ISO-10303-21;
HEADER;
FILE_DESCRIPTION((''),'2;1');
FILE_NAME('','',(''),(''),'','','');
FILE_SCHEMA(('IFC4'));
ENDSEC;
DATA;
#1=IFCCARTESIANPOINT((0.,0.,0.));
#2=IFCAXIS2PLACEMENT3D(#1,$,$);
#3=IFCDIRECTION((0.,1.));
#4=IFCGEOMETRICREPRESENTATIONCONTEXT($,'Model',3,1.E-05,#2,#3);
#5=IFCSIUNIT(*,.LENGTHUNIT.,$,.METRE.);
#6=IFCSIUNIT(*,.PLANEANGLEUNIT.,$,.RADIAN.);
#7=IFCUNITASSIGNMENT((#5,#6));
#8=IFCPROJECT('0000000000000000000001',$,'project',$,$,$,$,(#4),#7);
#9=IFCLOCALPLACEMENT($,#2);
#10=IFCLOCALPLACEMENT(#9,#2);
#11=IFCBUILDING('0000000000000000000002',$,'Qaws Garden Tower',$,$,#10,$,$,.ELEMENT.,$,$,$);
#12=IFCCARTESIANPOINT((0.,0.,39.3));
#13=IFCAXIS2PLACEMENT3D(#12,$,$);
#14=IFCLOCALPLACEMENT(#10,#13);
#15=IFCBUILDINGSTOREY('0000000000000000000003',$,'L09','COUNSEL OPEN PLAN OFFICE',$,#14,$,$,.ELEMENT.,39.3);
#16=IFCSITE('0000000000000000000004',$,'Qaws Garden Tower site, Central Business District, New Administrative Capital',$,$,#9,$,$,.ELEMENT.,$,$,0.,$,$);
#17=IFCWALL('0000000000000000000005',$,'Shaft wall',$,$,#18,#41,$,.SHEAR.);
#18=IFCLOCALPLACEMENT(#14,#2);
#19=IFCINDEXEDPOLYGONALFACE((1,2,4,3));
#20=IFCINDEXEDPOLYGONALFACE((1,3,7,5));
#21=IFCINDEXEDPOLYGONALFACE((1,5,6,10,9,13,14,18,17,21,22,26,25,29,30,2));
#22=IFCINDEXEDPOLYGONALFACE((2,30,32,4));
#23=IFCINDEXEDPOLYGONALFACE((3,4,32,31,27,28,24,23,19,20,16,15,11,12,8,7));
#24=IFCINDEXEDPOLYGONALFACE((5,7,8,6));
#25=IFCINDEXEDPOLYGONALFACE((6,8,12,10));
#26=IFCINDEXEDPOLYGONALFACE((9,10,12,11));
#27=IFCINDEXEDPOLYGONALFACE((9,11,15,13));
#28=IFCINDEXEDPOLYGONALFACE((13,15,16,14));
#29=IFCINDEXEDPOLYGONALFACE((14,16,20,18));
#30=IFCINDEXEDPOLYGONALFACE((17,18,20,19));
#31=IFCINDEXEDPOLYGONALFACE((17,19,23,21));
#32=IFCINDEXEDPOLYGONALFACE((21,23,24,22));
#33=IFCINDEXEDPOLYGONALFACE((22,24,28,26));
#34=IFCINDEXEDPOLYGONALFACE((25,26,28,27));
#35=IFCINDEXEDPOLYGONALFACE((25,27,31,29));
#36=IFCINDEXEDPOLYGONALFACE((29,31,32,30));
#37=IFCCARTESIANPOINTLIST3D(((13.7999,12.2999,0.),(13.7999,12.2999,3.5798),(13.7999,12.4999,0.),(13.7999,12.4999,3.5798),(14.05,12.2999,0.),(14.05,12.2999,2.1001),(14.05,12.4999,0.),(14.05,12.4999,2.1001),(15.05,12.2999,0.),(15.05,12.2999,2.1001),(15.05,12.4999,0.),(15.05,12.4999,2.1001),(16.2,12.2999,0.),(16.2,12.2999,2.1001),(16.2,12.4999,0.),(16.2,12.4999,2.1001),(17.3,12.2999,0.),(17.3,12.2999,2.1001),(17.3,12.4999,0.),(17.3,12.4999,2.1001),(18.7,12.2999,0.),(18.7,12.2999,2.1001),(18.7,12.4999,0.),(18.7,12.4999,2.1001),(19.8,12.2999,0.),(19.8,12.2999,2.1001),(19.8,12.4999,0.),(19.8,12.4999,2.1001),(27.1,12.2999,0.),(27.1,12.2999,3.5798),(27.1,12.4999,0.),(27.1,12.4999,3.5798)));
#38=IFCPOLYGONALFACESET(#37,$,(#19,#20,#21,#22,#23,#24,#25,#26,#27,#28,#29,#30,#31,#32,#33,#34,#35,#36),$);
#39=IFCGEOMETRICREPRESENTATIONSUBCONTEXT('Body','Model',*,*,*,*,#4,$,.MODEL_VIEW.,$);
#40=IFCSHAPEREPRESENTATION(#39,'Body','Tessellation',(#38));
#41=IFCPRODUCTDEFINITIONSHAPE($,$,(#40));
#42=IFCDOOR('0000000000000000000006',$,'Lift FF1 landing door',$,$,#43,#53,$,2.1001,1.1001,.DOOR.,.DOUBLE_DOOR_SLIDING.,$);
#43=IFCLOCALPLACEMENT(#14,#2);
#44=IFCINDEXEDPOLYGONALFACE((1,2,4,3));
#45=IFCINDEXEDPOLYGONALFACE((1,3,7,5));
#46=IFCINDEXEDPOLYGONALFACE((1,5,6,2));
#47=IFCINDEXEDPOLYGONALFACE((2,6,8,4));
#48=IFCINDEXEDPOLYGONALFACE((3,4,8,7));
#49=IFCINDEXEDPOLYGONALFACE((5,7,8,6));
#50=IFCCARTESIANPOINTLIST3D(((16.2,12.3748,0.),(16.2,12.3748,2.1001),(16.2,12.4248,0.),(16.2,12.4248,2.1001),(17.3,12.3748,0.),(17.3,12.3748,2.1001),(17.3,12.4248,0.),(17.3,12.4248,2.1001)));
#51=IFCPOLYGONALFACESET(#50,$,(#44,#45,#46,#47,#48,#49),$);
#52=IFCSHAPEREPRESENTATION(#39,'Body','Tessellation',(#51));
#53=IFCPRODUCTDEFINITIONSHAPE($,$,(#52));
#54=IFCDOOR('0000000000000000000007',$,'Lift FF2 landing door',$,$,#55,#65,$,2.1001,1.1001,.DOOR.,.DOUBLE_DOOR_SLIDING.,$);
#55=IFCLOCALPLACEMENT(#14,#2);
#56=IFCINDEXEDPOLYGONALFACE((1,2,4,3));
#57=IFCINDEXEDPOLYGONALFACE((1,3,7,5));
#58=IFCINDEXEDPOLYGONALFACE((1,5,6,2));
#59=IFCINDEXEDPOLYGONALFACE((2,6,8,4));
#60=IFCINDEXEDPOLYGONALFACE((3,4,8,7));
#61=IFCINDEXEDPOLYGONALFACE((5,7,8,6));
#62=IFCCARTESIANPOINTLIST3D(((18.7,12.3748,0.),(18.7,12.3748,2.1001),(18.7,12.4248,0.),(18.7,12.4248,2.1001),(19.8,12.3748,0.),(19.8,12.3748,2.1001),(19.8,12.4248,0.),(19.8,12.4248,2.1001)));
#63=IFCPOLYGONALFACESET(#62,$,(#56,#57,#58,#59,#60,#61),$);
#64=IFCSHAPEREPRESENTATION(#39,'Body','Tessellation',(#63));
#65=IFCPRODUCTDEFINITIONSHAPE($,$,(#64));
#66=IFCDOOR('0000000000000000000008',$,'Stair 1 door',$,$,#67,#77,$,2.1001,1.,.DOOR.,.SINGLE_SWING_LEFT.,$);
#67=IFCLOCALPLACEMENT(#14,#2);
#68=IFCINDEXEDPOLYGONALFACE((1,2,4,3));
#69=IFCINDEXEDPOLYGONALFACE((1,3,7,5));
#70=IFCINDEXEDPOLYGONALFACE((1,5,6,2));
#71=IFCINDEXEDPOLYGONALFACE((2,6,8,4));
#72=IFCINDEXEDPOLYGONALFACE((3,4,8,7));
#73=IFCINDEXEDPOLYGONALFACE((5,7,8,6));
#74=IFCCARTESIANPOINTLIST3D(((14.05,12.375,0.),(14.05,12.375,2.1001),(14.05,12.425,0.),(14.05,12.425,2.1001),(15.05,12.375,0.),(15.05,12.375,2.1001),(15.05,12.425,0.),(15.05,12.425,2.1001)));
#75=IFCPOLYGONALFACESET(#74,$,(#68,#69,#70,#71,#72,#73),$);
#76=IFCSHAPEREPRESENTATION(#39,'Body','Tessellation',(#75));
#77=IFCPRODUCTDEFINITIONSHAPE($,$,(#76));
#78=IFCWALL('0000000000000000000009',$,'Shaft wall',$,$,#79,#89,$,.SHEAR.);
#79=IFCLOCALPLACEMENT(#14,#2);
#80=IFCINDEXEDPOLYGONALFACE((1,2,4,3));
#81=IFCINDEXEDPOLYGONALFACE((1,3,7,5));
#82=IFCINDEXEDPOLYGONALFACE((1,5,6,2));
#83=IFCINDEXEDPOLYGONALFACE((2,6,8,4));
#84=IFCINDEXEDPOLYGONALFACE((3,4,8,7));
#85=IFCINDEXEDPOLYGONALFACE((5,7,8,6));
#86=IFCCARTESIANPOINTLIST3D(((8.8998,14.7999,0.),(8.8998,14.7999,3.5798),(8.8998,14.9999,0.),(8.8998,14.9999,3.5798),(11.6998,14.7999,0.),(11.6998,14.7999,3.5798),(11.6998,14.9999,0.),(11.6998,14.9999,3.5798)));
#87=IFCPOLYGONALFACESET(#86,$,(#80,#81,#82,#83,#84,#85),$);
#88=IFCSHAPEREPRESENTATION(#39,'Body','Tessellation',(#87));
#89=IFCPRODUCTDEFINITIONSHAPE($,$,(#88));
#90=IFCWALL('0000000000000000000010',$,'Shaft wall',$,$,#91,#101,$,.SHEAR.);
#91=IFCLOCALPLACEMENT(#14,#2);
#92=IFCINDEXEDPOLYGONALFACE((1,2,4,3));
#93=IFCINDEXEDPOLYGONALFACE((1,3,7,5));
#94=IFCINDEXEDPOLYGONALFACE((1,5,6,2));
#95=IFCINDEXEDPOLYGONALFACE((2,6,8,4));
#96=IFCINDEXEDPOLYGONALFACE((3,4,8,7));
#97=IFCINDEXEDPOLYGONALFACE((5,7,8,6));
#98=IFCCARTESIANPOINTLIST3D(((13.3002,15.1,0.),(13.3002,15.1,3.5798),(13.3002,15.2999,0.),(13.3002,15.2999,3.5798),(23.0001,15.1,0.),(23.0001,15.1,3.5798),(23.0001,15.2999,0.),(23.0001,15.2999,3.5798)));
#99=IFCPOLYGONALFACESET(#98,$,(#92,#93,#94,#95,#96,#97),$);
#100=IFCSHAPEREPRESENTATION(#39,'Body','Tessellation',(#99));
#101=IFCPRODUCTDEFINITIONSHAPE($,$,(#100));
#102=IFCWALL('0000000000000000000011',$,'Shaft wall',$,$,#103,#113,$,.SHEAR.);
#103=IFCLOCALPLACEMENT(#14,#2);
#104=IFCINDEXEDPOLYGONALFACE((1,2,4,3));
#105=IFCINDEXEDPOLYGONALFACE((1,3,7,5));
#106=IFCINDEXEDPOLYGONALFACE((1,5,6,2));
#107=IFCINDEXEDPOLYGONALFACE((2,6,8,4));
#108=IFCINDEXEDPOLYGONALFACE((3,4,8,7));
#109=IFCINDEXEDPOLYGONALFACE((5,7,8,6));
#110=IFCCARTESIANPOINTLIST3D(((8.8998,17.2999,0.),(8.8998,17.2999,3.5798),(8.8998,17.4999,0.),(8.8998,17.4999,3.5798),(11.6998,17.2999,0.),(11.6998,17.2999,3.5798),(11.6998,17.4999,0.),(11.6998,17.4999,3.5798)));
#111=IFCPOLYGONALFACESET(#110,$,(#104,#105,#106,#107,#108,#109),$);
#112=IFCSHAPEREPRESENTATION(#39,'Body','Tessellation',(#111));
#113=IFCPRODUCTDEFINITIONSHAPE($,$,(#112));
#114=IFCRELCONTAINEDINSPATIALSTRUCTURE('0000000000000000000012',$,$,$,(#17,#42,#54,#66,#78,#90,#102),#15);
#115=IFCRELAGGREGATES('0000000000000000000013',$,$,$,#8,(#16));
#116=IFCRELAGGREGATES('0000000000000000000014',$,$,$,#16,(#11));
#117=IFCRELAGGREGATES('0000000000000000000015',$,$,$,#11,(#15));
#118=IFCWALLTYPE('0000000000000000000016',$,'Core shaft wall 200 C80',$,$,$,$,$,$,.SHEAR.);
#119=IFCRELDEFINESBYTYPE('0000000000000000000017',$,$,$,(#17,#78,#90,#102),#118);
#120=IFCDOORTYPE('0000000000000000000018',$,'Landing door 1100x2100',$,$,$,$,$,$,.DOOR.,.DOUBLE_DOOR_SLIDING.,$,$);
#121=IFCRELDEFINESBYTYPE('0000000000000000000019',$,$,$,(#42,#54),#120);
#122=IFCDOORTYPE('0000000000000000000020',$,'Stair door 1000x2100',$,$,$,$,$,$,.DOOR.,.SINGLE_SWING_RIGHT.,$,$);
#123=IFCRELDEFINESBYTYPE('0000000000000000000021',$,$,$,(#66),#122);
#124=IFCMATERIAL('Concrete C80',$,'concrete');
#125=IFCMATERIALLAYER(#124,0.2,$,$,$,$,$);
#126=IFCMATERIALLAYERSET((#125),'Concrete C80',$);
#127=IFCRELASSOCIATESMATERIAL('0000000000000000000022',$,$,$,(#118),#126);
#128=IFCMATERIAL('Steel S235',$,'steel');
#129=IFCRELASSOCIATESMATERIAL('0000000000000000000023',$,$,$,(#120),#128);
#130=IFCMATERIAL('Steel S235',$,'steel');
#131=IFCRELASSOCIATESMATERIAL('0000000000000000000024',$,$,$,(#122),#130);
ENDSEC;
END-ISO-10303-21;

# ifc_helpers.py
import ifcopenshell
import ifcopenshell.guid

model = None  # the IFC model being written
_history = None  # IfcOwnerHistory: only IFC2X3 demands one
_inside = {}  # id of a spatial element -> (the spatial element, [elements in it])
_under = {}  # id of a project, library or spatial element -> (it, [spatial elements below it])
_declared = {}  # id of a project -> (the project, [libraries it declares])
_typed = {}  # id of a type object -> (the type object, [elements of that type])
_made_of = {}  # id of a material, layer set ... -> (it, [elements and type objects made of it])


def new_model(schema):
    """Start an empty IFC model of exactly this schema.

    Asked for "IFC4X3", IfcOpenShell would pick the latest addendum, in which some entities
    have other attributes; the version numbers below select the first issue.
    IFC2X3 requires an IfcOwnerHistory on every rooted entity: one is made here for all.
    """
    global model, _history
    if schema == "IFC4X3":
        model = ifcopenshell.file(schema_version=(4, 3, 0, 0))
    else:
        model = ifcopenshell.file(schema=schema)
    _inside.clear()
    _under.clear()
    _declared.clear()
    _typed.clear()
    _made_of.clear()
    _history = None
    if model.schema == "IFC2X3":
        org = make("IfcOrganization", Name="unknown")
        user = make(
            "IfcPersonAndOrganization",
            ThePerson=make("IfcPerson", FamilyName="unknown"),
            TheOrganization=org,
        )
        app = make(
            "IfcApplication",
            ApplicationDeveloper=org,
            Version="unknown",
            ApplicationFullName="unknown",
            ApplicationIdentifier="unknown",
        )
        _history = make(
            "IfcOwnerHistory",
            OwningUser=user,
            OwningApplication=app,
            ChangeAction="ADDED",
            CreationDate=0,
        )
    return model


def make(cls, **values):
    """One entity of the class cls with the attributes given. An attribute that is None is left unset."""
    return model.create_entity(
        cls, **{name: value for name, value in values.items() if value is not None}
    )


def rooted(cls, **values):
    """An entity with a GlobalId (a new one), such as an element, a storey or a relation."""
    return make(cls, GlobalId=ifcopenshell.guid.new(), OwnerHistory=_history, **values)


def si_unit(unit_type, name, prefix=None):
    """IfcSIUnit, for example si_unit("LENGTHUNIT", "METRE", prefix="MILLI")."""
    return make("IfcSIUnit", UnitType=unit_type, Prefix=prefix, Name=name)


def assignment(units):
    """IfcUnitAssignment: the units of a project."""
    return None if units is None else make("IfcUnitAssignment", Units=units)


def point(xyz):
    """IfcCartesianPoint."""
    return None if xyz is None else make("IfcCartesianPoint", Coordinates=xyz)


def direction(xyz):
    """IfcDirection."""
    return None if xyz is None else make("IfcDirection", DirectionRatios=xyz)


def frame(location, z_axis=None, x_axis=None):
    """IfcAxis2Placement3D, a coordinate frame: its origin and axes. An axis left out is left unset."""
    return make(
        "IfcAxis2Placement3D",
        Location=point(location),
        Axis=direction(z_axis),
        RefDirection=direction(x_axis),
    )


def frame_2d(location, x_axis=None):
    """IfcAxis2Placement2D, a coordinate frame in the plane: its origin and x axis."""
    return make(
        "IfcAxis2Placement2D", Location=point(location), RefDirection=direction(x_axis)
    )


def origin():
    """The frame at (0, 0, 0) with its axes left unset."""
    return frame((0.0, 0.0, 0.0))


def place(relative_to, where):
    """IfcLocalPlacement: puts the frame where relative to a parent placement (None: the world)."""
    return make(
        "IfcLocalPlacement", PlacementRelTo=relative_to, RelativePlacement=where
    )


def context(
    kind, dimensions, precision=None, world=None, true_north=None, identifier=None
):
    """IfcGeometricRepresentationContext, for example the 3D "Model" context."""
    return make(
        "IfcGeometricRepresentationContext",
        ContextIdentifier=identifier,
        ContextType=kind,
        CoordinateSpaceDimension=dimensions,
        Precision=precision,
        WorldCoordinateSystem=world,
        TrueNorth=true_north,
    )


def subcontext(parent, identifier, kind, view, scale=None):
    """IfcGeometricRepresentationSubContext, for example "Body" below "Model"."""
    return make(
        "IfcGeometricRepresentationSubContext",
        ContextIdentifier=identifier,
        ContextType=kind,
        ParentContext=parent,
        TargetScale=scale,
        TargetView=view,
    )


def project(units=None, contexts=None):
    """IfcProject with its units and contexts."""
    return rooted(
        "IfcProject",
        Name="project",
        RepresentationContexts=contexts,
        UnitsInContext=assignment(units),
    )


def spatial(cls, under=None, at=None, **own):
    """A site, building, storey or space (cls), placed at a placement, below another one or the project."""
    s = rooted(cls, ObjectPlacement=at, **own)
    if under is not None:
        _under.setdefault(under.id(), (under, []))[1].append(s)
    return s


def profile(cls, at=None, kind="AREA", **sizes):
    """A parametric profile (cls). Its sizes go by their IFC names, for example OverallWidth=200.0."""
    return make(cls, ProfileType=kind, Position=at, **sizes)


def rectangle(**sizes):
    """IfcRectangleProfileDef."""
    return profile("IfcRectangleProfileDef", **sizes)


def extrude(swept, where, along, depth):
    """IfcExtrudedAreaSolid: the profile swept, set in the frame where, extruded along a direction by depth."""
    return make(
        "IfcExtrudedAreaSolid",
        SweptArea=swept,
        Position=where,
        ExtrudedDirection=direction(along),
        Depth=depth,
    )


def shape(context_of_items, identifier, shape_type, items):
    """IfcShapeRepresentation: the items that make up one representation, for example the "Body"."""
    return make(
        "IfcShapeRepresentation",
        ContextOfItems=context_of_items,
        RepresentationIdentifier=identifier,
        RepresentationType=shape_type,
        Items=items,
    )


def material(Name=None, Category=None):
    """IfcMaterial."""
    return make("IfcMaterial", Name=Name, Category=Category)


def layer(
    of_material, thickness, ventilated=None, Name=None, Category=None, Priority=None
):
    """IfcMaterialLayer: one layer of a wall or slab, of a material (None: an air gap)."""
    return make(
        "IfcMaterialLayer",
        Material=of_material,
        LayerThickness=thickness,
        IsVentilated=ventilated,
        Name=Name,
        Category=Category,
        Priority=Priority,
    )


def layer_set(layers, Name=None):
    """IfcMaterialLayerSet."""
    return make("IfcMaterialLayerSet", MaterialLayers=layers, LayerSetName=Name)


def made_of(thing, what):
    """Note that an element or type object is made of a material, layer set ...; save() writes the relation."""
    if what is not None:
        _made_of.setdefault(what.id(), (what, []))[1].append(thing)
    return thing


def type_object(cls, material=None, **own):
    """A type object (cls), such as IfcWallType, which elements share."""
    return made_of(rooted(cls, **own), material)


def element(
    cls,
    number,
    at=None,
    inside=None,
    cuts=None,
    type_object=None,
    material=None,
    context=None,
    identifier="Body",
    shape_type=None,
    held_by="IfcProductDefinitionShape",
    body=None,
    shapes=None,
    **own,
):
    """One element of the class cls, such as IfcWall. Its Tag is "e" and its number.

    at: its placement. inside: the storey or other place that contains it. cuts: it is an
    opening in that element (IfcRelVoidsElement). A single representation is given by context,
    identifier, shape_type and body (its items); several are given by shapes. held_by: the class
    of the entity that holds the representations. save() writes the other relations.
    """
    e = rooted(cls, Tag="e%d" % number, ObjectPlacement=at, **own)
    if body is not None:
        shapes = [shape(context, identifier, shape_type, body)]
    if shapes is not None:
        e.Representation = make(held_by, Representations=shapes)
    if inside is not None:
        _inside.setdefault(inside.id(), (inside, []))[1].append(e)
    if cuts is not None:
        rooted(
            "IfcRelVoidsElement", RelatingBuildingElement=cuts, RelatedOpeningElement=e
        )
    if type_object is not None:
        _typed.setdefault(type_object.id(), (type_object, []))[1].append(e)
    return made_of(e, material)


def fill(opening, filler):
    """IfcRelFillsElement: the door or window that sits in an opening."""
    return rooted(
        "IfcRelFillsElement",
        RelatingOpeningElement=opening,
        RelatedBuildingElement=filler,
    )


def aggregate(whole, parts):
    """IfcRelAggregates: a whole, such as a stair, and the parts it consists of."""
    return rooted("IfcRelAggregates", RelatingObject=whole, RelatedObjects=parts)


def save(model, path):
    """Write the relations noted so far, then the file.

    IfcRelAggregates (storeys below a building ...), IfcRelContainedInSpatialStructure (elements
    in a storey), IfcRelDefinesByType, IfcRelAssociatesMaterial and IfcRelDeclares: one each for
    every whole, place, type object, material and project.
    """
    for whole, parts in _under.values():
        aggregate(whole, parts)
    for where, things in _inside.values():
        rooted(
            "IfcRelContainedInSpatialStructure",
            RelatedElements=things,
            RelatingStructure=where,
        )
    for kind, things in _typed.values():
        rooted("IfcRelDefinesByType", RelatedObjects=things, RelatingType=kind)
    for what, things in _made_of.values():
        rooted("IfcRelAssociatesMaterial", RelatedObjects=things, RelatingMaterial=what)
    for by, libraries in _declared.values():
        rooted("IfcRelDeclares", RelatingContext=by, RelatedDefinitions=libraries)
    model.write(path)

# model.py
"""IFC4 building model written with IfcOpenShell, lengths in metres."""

from ifc_helpers import new_model, si_unit, direction, frame, frame_2d, origin, place, context, subcontext, project, spatial, rectangle, extrude, material, layer, layer_set, type_object, element, fill, save


model = new_model("IFC4")

# Units and contexts
model_context = context("Model", 3, precision=1e-05, world=origin(), true_north=direction((0.0, 1.0)))
body_context = subcontext(model_context, "Body", "Model", "MODEL_VIEW")
ifc_project = project(units=[si_unit("LENGTHUNIT", "METRE"), si_unit("PLANEANGLEUNIT", "RADIAN")], contexts=[model_context])

# Site, building, storey
site_placement = place(None, origin())
site = spatial("IfcSite", under=ifc_project, at=site_placement, Name="Qaws Garden Tower site, Central Business District, New Administrative Capital", CompositionType="ELEMENT", RefElevation=0.0)
building_placement = place(site_placement, origin())
building = spatial("IfcBuilding", under=site, at=building_placement, Name="Qaws Garden Tower", CompositionType="ELEMENT")
storey_placement = place(building_placement, frame((0.0, 0.0, 39.3)))
storey = spatial("IfcBuildingStorey", under=building, at=storey_placement, Name="L09", Description="COUNSEL OPEN PLAN OFFICE", CompositionType="ELEMENT", Elevation=39.3)

# Shared definitions
ifc_material_1 = material(Name="Concrete C80", Category="concrete")
ifc_layer_1 = layer(ifc_material_1, 0.2)
ifc_layer_set_1 = layer_set([ifc_layer_1], Name="Concrete C80")
wall_type_1 = type_object("IfcWallType", Name="Core shaft wall 200 C80", PredefinedType="SHEAR", material=ifc_layer_set_1)

# Wall, openings, doors
wall_1_placement = place(storey_placement, frame((13.8, 12.3999, 0.0), z_axis=(0.0, 0.0, 1.0), x_axis=(1.0, 0.0, 0.0)))
wall_1 = element("IfcWall", 1, at=wall_1_placement, inside=storey, type_object=wall_type_1, Name="Shaft wall", PredefinedType="SHEAR", context=body_context, shape_type="SweptSolid", body=[
    extrude(rectangle(XDim=13.3, YDim=0.2, at=frame_2d((6.6499, 0.0))), origin(), (0.0, 0.0, 1.0), 3.5798),
])
opening_1_placement = place(wall_1_placement, frame((2.3999, 0.0, 0.0)))
opening_1 = element("IfcOpeningElement", 2, at=opening_1_placement, cuts=wall_1, PredefinedType="OPENING", context=body_context, shape_type="SweptSolid", body=[
    extrude(rectangle(XDim=1.1001, YDim=2.1001, at=frame_2d((0.55, 1.05))), frame((0.0, 0.1099, 0.0), z_axis=(0.0, -1.0, 0.0), x_axis=(1.0, 0.0, 0.0)), (0.0, 0.0, 1.0), 0.22),
])
opening_2_placement = place(wall_1_placement, frame((4.8999, 0.0, 0.0)))
opening_2 = element("IfcOpeningElement", 3, at=opening_2_placement, cuts=wall_1, PredefinedType="OPENING", context=body_context, shape_type="SweptSolid", body=[
    extrude(rectangle(XDim=1.1001, YDim=2.1001, at=frame_2d((0.55, 1.05))), frame((0.0, 0.1099, 0.0), z_axis=(0.0, -1.0, 0.0), x_axis=(1.0, 0.0, 0.0)), (0.0, 0.0, 1.0), 0.22),
])
opening_3_placement = place(wall_1_placement, frame((0.25, 0.0, 0.0)))
opening_3 = element("IfcOpeningElement", 4, at=opening_3_placement, cuts=wall_1, PredefinedType="OPENING", context=body_context, shape_type="SweptSolid", body=[
    extrude(rectangle(XDim=1.0, YDim=2.1001, at=frame_2d((0.5, 1.05))), frame((0.0, 0.1099, 0.0), z_axis=(0.0, -1.0, 0.0), x_axis=(1.0, 0.0, 0.0)), (0.0, 0.0, 1.0), 0.22),
])
ifc_material_2 = material(Name="Steel S235", Category="steel")
door_type_1 = type_object("IfcDoorType", Name="Landing door 1100x2100", OperationType="DOUBLE_DOOR_SLIDING", PredefinedType="DOOR", material=ifc_material_2)
door_1_placement = place(opening_1_placement, origin())
door_1 = element("IfcDoor", 5, at=door_1_placement, inside=storey, type_object=door_type_1, Name="Lift FF1 landing door", OperationType="DOUBLE_DOOR_SLIDING", OverallHeight=2.1001, OverallWidth=1.1001, PredefinedType="DOOR", context=body_context, shape_type="SweptSolid", body=[
    extrude(rectangle(XDim=1.1001, YDim=2.1001, at=frame_2d((0.55, 1.05))), frame((0.0, 0.0249, 0.0), z_axis=(0.0, -1.0, 0.0), x_axis=(1.0, 0.0, 0.0)), (0.0, 0.0, 1.0), 0.05),
])
fill(opening_1, door_1)
door_2_placement = place(opening_2_placement, origin())
door_2 = element("IfcDoor", 6, at=door_2_placement, inside=storey, type_object=door_type_1, Name="Lift FF2 landing door", OperationType="DOUBLE_DOOR_SLIDING", OverallHeight=2.1001, OverallWidth=1.1001, PredefinedType="DOOR", context=body_context, shape_type="SweptSolid", body=[
    extrude(rectangle(XDim=1.1001, YDim=2.1001, at=frame_2d((0.55, 1.05))), frame((0.0, 0.0249, 0.0), z_axis=(0.0, -1.0, 0.0), x_axis=(1.0, 0.0, 0.0)), (0.0, 0.0, 1.0), 0.05),
])
fill(opening_2, door_2)
ifc_material_3 = material(Name="Steel S235", Category="steel")
door_type_2 = type_object("IfcDoorType", Name="Stair door 1000x2100", OperationType="SINGLE_SWING_RIGHT", PredefinedType="DOOR", material=ifc_material_3)
door_3_placement = place(opening_3_placement, frame((1.0, 0.0, 0.0), z_axis=(0.0, 0.0, 1.0), x_axis=(-1.0, 0.0, 0.0)))
door_3 = element("IfcDoor", 7, at=door_3_placement, inside=storey, type_object=door_type_2, Name="Stair 1 door", OperationType="SINGLE_SWING_LEFT", OverallHeight=2.1001, OverallWidth=1.0, PredefinedType="DOOR", context=body_context, shape_type="SweptSolid", body=[
    extrude(rectangle(XDim=1.0, YDim=2.1001, at=frame_2d((0.5, 1.05))), frame((0.0, 0.0249, 0.0), z_axis=(0.0, -1.0, 0.0), x_axis=(1.0, 0.0, 0.0)), (0.0, 0.0, 1.0), 0.05),
])
fill(opening_3, door_3)

# Walls
wall_2_placement = place(storey_placement, frame((8.8999, 14.8999, 0.0), z_axis=(0.0, 0.0, 1.0), x_axis=(1.0, 0.0, 0.0)))
element("IfcWall", 8, at=wall_2_placement, inside=storey, type_object=wall_type_1, Name="Shaft wall", PredefinedType="SHEAR", context=body_context, shape_type="SweptSolid", body=[
    extrude(rectangle(XDim=2.8, YDim=0.2, at=frame_2d((1.3999, 0.0))), origin(), (0.0, 0.0, 1.0), 3.5798),
])
wall_3_placement = place(storey_placement, frame((13.3, 15.2, 0.0), z_axis=(0.0, 0.0, 1.0), x_axis=(1.0, 0.0, 0.0)))
element("IfcWall", 9, at=wall_3_placement, inside=storey, type_object=wall_type_1, Name="Shaft wall", PredefinedType="SHEAR", context=body_context, shape_type="SweptSolid", body=[
    extrude(rectangle(XDim=9.7, YDim=0.2, at=frame_2d((4.8501, 0.0))), origin(), (0.0, 0.0, 1.0), 3.5798),
])
wall_4_placement = place(storey_placement, frame((8.8999, 17.3999, 0.0), z_axis=(0.0, 0.0, 1.0), x_axis=(1.0, 0.0, 0.0)))
element("IfcWall", 10, at=wall_4_placement, inside=storey, type_object=wall_type_1, Name="Shaft wall", PredefinedType="SHEAR", context=body_context, shape_type="SweptSolid", body=[
    extrude(rectangle(XDim=2.8, YDim=0.2, at=frame_2d((1.3999, 0.0))), origin(), (0.0, 0.0, 1.0), 3.5798),
])

save(model, "model.ifc")
